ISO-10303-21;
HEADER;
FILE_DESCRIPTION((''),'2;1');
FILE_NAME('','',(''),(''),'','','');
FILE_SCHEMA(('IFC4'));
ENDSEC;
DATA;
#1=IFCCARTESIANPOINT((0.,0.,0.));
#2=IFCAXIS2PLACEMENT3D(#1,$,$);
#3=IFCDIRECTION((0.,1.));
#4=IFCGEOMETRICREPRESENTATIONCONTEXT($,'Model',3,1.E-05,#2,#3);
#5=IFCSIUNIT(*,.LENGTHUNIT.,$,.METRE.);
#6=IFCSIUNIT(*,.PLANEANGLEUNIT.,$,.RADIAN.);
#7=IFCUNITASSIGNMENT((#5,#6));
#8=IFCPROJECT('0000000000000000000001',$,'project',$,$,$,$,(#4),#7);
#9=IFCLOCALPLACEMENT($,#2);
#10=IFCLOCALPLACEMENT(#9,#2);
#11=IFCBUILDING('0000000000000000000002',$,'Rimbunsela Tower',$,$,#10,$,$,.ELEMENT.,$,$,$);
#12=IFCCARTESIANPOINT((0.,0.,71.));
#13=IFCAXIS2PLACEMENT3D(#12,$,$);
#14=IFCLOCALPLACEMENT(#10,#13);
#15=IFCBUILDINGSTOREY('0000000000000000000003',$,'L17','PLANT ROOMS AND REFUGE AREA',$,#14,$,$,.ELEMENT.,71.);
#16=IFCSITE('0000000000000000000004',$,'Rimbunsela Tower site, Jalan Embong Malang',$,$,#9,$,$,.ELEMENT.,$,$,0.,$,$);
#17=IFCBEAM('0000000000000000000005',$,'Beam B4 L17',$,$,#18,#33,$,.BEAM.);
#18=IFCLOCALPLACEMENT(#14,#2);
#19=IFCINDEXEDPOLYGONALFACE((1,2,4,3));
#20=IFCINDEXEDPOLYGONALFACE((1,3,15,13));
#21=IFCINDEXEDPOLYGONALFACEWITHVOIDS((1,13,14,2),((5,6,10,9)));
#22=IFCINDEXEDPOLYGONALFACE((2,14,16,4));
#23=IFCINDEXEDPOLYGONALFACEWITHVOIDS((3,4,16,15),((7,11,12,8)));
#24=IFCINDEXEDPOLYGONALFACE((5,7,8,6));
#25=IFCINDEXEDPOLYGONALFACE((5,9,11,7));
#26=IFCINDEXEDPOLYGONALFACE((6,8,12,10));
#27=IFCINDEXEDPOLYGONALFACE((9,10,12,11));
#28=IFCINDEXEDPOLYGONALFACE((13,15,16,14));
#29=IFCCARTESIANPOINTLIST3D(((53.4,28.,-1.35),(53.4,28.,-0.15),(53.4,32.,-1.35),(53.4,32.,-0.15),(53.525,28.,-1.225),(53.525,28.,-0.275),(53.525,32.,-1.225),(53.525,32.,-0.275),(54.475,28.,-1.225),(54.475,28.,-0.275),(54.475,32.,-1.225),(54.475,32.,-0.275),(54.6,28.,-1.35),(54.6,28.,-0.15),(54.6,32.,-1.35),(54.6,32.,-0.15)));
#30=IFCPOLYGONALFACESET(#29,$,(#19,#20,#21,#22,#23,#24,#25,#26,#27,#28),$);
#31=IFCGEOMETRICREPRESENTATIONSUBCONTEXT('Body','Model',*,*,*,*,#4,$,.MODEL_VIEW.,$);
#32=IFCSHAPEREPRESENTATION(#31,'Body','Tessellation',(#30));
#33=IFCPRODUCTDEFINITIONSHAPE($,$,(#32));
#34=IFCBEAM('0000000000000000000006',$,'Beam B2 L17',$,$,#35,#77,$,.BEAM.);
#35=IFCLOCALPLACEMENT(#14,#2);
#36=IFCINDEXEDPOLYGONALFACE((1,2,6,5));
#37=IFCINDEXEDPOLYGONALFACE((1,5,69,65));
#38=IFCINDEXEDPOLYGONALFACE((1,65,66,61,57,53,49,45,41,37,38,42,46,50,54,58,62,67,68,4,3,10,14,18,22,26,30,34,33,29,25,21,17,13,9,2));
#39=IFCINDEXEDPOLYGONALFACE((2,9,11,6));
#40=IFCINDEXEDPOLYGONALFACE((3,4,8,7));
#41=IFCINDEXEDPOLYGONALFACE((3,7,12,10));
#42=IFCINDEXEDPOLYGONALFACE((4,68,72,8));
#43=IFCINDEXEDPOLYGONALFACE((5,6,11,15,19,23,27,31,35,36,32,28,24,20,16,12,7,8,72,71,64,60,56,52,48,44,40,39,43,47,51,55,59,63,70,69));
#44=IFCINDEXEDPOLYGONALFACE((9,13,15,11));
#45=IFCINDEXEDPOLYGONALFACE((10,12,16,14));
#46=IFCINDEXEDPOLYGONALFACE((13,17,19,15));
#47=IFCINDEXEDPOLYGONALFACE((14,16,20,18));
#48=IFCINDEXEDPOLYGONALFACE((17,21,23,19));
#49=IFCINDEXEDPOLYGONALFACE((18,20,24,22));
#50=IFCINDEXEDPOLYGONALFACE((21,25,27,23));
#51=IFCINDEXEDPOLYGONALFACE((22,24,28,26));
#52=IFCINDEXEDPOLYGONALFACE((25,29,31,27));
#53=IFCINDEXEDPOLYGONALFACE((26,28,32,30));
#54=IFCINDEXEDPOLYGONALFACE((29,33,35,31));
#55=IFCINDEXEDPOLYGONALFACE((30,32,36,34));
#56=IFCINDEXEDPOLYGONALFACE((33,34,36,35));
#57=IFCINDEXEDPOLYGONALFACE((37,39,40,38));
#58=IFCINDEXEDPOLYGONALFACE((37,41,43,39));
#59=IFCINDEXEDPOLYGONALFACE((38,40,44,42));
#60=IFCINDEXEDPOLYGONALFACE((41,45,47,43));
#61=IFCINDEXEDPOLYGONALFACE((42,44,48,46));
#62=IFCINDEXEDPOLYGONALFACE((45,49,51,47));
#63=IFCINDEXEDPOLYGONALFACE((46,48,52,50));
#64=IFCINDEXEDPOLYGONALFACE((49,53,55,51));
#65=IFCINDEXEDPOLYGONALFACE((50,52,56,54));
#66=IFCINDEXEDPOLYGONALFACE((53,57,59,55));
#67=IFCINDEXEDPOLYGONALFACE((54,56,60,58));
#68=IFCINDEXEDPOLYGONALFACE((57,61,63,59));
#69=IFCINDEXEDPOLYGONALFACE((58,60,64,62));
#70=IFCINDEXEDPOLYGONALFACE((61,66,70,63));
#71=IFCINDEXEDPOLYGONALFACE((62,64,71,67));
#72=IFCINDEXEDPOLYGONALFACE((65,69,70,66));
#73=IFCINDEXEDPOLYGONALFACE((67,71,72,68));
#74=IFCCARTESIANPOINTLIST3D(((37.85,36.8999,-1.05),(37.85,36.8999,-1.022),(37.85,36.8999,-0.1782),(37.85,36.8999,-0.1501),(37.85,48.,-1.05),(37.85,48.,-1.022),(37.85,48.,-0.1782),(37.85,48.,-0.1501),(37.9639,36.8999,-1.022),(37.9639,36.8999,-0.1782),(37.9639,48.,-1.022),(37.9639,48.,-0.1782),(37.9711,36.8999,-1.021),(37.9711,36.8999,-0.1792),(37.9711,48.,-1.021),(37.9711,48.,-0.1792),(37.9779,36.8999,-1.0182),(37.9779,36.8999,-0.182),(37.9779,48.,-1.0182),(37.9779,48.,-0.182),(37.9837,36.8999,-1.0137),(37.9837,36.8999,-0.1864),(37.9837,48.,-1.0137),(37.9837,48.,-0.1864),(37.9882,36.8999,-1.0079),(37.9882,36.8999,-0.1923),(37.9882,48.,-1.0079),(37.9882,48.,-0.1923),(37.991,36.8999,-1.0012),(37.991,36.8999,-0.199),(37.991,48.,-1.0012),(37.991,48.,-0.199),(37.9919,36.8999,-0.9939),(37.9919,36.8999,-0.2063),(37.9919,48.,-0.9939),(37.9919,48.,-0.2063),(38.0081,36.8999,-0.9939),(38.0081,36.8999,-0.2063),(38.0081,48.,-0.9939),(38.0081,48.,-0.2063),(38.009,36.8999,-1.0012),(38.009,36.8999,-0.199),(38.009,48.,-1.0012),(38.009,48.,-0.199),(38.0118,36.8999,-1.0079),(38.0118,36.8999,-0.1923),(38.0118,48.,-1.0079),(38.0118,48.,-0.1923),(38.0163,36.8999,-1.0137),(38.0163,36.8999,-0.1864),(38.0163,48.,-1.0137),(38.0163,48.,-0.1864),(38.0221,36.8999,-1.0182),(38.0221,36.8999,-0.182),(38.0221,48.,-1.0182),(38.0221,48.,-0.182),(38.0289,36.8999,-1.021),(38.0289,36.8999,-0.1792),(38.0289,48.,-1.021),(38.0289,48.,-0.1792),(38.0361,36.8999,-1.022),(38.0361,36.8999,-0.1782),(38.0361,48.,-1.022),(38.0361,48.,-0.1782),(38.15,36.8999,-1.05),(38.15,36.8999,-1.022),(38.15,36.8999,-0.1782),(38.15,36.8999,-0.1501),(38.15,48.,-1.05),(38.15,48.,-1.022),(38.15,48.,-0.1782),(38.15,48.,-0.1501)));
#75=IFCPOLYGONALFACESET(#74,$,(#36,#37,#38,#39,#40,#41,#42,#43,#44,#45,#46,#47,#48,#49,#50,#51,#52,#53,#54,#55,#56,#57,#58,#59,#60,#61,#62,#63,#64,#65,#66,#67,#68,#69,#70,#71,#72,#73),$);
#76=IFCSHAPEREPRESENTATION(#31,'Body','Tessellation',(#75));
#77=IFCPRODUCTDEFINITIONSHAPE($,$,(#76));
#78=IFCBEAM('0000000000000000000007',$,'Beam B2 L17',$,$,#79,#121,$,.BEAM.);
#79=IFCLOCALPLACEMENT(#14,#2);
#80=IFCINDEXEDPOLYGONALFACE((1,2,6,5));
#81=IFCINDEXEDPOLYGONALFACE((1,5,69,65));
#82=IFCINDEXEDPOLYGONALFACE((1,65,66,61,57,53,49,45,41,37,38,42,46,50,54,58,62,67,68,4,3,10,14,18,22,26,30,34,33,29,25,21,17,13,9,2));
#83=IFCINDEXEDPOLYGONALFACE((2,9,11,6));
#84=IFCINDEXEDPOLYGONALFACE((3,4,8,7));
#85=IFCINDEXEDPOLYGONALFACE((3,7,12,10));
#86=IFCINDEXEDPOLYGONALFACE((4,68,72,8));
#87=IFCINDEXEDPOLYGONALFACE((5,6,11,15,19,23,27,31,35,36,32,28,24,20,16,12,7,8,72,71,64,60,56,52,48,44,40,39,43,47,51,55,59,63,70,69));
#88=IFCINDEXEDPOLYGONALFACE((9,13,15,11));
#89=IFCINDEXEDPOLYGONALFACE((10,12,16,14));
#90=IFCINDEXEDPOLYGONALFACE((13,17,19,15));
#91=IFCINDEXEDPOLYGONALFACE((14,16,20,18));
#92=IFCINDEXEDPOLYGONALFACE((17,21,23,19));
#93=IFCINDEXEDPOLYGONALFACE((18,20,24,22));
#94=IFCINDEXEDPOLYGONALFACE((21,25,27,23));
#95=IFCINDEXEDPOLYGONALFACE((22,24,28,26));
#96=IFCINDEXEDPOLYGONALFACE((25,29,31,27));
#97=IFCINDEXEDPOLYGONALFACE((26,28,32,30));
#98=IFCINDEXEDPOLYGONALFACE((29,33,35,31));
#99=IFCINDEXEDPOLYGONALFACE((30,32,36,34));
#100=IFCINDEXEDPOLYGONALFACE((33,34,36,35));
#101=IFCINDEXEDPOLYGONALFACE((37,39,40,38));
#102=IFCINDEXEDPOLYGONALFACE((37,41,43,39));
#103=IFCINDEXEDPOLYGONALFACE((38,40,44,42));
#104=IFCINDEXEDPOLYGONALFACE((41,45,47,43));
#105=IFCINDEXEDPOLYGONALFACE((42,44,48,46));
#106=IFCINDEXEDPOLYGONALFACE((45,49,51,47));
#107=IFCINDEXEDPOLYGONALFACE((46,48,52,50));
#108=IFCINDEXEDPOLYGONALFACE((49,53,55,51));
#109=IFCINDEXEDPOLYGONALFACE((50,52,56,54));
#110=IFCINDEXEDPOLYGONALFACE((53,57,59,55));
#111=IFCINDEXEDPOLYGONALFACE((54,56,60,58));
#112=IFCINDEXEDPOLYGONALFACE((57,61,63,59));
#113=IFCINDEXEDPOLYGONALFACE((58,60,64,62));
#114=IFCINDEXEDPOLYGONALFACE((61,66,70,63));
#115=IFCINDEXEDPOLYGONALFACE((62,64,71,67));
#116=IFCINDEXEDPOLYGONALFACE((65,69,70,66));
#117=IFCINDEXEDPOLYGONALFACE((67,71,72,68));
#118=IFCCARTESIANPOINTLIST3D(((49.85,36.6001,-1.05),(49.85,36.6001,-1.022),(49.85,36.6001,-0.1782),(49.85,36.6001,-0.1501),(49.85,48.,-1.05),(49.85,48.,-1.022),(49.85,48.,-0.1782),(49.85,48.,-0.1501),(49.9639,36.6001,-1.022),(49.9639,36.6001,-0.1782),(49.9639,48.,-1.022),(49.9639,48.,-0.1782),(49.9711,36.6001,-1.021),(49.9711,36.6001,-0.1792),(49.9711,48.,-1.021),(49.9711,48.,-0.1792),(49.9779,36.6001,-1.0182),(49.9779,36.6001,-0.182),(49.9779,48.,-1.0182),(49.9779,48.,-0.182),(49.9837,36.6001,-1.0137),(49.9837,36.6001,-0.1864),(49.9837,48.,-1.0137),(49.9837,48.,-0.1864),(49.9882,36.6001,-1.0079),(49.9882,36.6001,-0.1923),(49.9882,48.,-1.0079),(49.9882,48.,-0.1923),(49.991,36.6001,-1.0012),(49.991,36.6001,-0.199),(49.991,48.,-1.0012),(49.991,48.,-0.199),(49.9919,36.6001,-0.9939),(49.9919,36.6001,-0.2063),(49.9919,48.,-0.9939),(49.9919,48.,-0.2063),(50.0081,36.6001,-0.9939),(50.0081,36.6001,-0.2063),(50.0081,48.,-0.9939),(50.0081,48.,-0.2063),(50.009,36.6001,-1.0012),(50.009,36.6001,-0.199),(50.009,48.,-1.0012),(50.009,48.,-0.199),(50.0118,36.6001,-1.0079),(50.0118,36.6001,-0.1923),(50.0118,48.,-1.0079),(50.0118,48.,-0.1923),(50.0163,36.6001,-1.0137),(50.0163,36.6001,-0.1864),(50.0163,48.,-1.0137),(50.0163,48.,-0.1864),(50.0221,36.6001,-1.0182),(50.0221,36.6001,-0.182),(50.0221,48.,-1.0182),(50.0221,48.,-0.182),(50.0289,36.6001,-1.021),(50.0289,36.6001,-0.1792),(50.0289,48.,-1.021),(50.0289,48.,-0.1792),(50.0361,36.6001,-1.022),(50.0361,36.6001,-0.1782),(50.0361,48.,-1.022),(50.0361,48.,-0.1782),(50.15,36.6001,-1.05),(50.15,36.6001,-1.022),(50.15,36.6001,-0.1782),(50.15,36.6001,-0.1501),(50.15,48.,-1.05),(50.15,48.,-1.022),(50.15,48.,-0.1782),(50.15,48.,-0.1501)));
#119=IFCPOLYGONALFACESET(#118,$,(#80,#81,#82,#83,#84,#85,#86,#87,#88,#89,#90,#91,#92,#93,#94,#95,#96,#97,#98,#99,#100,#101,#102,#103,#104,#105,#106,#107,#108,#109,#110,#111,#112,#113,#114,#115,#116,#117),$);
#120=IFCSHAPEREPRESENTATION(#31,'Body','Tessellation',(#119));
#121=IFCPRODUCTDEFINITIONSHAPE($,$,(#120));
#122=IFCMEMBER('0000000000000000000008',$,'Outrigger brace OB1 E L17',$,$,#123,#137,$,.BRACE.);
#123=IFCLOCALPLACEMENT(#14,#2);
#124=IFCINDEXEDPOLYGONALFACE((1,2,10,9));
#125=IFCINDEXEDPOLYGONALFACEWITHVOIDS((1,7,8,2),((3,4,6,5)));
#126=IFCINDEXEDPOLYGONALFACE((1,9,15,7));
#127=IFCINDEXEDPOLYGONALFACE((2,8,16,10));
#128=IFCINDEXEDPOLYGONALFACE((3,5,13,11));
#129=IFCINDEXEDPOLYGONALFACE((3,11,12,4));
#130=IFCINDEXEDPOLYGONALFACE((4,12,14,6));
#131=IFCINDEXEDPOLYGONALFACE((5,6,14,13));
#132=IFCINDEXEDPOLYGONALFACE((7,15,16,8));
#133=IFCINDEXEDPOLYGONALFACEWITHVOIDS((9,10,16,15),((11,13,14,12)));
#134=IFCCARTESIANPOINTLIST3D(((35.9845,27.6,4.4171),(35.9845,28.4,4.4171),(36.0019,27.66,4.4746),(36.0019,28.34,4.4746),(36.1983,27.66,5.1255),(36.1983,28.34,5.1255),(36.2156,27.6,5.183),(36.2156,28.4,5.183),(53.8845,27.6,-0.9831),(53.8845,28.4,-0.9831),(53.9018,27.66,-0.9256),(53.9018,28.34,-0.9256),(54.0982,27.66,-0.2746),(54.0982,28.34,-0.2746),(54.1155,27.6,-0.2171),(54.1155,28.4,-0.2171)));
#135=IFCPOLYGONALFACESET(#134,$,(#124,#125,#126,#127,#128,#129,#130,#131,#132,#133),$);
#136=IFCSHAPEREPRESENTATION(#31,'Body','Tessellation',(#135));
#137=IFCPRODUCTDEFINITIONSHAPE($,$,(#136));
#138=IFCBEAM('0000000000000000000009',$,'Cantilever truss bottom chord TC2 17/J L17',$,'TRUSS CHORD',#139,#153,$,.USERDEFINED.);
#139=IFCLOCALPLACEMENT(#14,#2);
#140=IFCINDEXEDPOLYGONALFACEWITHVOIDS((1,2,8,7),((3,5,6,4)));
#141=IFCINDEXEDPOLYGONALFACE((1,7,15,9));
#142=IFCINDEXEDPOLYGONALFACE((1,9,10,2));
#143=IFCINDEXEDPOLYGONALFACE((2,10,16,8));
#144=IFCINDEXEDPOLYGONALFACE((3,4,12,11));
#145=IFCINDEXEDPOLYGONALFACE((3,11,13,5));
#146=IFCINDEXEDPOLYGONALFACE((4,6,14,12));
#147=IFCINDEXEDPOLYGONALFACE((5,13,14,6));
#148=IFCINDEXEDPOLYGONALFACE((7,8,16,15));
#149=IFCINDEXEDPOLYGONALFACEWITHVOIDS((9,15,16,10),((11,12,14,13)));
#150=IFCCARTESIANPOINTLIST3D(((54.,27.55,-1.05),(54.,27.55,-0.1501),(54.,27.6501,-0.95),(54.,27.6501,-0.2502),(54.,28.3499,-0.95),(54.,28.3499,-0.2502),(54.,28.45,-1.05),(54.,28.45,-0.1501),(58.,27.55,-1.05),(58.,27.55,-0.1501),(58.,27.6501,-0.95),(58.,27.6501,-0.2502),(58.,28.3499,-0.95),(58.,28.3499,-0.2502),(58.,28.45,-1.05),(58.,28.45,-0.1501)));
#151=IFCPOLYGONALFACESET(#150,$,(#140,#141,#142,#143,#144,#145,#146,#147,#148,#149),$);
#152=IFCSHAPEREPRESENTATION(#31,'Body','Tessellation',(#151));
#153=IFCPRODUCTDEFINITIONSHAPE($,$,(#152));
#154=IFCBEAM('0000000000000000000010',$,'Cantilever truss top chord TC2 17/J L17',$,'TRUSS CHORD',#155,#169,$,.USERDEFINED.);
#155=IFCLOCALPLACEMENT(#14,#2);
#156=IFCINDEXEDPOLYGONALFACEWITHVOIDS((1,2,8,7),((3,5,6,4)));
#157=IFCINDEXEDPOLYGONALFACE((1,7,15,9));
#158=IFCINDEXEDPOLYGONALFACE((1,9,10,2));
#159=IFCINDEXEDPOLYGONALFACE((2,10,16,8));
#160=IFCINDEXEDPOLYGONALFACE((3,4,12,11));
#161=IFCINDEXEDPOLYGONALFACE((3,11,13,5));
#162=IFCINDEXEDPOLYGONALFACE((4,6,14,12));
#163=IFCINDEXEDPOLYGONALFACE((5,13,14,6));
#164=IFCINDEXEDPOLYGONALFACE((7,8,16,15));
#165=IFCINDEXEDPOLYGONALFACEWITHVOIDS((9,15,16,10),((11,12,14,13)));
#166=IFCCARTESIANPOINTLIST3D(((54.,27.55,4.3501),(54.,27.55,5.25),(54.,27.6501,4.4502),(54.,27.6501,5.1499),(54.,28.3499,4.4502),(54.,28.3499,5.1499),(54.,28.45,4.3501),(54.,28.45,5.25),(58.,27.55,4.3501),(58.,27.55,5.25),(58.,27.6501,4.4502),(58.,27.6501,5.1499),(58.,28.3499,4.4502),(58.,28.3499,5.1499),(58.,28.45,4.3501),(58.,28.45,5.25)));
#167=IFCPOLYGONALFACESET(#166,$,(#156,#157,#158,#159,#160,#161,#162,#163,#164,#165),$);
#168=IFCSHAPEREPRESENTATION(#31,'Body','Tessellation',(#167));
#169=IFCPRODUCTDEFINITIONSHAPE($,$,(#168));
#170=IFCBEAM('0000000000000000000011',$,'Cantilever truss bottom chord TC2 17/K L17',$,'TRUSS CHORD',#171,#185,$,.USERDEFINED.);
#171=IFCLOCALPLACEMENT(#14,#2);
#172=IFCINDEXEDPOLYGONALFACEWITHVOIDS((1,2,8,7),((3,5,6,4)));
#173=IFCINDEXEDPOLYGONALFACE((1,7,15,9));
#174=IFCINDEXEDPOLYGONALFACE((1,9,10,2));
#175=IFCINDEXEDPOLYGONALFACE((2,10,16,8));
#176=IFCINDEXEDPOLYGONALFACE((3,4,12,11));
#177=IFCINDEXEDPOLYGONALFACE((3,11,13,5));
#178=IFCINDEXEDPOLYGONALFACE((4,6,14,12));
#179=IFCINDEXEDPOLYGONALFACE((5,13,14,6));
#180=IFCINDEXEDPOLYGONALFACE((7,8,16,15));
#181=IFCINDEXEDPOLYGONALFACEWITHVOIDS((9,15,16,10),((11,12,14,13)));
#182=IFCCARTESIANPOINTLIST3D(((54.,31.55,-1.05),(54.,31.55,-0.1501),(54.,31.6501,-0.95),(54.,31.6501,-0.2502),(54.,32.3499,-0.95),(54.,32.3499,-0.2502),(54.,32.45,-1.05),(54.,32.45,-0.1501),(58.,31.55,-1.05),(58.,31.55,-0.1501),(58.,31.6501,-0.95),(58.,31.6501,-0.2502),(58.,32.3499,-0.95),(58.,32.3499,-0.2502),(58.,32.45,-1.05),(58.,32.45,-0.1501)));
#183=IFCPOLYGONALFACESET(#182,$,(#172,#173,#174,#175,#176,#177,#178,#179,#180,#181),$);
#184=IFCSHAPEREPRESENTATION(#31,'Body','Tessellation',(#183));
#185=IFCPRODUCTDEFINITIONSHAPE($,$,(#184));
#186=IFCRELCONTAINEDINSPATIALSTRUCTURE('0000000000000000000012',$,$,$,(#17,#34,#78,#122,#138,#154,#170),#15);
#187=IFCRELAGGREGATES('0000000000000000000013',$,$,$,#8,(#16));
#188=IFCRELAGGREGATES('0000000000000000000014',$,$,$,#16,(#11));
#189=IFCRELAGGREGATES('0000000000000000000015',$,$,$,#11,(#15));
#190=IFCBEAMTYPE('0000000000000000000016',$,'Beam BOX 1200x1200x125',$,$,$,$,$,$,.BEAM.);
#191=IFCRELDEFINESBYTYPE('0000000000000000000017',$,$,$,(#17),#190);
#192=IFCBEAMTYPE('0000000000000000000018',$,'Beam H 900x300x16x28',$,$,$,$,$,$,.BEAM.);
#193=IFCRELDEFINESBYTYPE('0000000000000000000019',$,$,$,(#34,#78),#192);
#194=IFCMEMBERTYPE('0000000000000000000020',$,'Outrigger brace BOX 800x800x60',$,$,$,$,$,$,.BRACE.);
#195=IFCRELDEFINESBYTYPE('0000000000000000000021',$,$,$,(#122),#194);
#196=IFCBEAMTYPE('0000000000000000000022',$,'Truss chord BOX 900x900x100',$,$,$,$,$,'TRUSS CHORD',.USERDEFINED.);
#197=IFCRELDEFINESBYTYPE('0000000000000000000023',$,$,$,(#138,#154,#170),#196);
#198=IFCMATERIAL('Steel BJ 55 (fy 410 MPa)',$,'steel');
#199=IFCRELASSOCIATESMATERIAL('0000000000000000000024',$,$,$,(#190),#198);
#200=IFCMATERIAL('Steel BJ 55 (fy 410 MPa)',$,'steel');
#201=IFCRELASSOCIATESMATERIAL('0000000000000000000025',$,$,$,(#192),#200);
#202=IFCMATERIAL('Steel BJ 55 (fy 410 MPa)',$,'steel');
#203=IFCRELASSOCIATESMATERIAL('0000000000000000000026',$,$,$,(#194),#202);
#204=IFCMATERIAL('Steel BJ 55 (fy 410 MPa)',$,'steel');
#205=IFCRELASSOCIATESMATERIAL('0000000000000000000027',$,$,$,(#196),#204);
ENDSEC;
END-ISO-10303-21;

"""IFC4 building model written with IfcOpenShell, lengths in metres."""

from ifc_helpers import new_model, si_unit, direction, frame, origin, origin_2d, place, context, subcontext, project, spatial, hollow_rectangle, i_section, extrude, material, material_profile, profile_set, type_object, element, save


model = new_model("IFC4")

# Units and contexts
model_context = context("Model", 3, precision=1e-05, world=origin(), true_north=direction((0.0, 1.0)))
body_context = subcontext(model_context, "Body", "Model", "MODEL_VIEW")
ifc_project = project(units=[si_unit("LENGTHUNIT", "METRE"), si_unit("PLANEANGLEUNIT", "RADIAN")], contexts=[model_context])

# Site, building, storey
site_placement = place(None, origin())
site = spatial("IfcSite", under=ifc_project, at=site_placement, Name="Rimbunsela Tower site, Jalan Embong Malang", CompositionType="ELEMENT", RefElevation=0.0)
building_placement = place(site_placement, origin())
building = spatial("IfcBuilding", under=site, at=building_placement, Name="Rimbunsela Tower", CompositionType="ELEMENT")
storey_placement = place(building_placement, frame((0.0, 0.0, 71.0)))
storey = spatial("IfcBuildingStorey", under=building, at=storey_placement, Name="L17", Description="PLANT ROOMS AND REFUGE AREA", CompositionType="ELEMENT", Elevation=71.0)

# Beams
ifc_material_1 = material(Name="Steel BJ 55 (fy 410 MPa)", Category="steel")
ifc_material_profile_1 = material_profile(ifc_material_1, hollow_rectangle(XDim=1.2, YDim=1.2, WallThickness=0.125, at=origin_2d()), Name="BOX 1200x1200x125")
ifc_profile_set_1 = profile_set([ifc_material_profile_1], Name="Steel BJ 55 (fy 410 MPa)")
beam_type_1 = type_object("IfcBeamType", Name="Beam BOX 1200x1200x125", PredefinedType="BEAM", material=ifc_profile_set_1)
beam_1_placement = place(storey_placement, frame((54.0, 28.0, -0.75), z_axis=(0.0, 1.0, 0.0), x_axis=(-1.0, 0.0, 0.0)))
element("IfcBeam", 1, at=beam_1_placement, inside=storey, type_object=beam_type_1, Name="Beam B4 L17", PredefinedType="BEAM", context=body_context, shape_type="SweptSolid", body=[
    extrude(hollow_rectangle(XDim=1.2, YDim=1.2, WallThickness=0.125, at=origin_2d()), origin(), (0.0, 0.0, 1.0), 4.0),
])
ifc_material_2 = material(Name="Steel BJ 55 (fy 410 MPa)", Category="steel")
ifc_material_profile_2 = material_profile(ifc_material_2, i_section(OverallWidth=0.3, OverallDepth=0.8999, WebThickness=0.0161, FlangeThickness=0.0281, FilletRadius=0.0281, at=origin_2d()), Name="H 900x300x16x28")
ifc_profile_set_2 = profile_set([ifc_material_profile_2], Name="Steel BJ 55 (fy 410 MPa)")
beam_type_2 = type_object("IfcBeamType", Name="Beam H 900x300x16x28", PredefinedType="BEAM", material=ifc_profile_set_2)
beam_2_placement = place(storey_placement, frame((38.0, 36.8999, -0.6001), z_axis=(0.0, 1.0, 0.0), x_axis=(-1.0, 0.0, 0.0)))
element("IfcBeam", 2, at=beam_2_placement, inside=storey, type_object=beam_type_2, Name="Beam B2 L17", PredefinedType="BEAM", context=body_context, shape_type="SweptSolid", body=[
    extrude(i_section(OverallWidth=0.3, OverallDepth=0.8999, WebThickness=0.0161, FlangeThickness=0.0281, FilletRadius=0.0281, at=origin_2d()), origin(), (0.0, 0.0, 1.0), 11.1001),
])
beam_3_placement = place(storey_placement, frame((50.0, 36.6001, -0.6001), z_axis=(0.0, 1.0, 0.0), x_axis=(-1.0, 0.0, 0.0)))
element("IfcBeam", 3, at=beam_3_placement, inside=storey, type_object=beam_type_2, Name="Beam B2 L17", PredefinedType="BEAM", context=body_context, shape_type="SweptSolid", body=[
    extrude(i_section(OverallWidth=0.3, OverallDepth=0.8999, WebThickness=0.0161, FlangeThickness=0.0281, FilletRadius=0.0281, at=origin_2d()), origin(), (0.0, 0.0, 1.0), 11.3999),
])

# Member
ifc_material_3 = material(Name="Steel BJ 55 (fy 410 MPa)", Category="steel")
ifc_material_profile_3 = material_profile(ifc_material_3, hollow_rectangle(XDim=0.8, YDim=0.8, WallThickness=0.0601, at=origin_2d()), Name="BOX 800x800x60")
ifc_profile_set_3 = profile_set([ifc_material_profile_3], Name="Steel BJ 55 (fy 410 MPa)")
member_type_1 = type_object("IfcMemberType", Name="Outrigger brace BOX 800x800x60", PredefinedType="BRACE", material=ifc_profile_set_3)
member_placement = place(storey_placement, frame((54.0, 28.0, -0.6001), z_axis=(-0.957381, 0.0, 0.288828), x_axis=(0.0, -1.0, 0.0)))
element("IfcMember", 4, at=member_placement, inside=storey, type_object=member_type_1, Name="Outrigger brace OB1 E L17", PredefinedType="BRACE", context=body_context, shape_type="SweptSolid", body=[
    extrude(hollow_rectangle(XDim=0.8, YDim=0.8, WallThickness=0.0601, at=origin_2d()), origin(), (0.0, 0.0, 1.0), 18.6968),
])

# Beams
ifc_material_4 = material(Name="Steel BJ 55 (fy 410 MPa)", Category="steel")
ifc_material_profile_4 = material_profile(ifc_material_4, hollow_rectangle(XDim=0.8999, YDim=0.8999, WallThickness=0.1001, at=origin_2d()), Name="BOX 900x900x100")
ifc_profile_set_4 = profile_set([ifc_material_profile_4], Name="Steel BJ 55 (fy 410 MPa)")
beam_type_3 = type_object("IfcBeamType", Name="Truss chord BOX 900x900x100", ElementType="TRUSS CHORD", PredefinedType="USERDEFINED", material=ifc_profile_set_4)
for number, where, z_axis, x_axis, name in (
    (5, (54.0, 28.0, -0.6001), (1.0, 0.0, 0.0), (0.0, 1.0, 0.0), "Cantilever truss bottom chord TC2 17/J L17"),
    (6, (54.0, 28.0, 4.8), (1.0, 0.0, 0.0), (0.0, 1.0, 0.0), "Cantilever truss top chord TC2 17/J L17"),
    (7, (54.0, 32.0, -0.6001), (1.0, 0.0, 0.0), (0.0, 1.0, 0.0), "Cantilever truss bottom chord TC2 17/K L17"),
):
    element("IfcBeam", number, at=place(storey_placement, frame(where, z_axis=z_axis, x_axis=x_axis)), inside=storey, type_object=beam_type_3, Name=name, ObjectType="TRUSS CHORD", PredefinedType="USERDEFINED", context=body_context, shape_type="SweptSolid", body=[
        extrude(hollow_rectangle(XDim=0.8999, YDim=0.8999, WallThickness=0.1001, at=origin_2d()), origin(), (0.0, 0.0, 1.0), 4.0),
    ])

save(model, "model.ifc")
